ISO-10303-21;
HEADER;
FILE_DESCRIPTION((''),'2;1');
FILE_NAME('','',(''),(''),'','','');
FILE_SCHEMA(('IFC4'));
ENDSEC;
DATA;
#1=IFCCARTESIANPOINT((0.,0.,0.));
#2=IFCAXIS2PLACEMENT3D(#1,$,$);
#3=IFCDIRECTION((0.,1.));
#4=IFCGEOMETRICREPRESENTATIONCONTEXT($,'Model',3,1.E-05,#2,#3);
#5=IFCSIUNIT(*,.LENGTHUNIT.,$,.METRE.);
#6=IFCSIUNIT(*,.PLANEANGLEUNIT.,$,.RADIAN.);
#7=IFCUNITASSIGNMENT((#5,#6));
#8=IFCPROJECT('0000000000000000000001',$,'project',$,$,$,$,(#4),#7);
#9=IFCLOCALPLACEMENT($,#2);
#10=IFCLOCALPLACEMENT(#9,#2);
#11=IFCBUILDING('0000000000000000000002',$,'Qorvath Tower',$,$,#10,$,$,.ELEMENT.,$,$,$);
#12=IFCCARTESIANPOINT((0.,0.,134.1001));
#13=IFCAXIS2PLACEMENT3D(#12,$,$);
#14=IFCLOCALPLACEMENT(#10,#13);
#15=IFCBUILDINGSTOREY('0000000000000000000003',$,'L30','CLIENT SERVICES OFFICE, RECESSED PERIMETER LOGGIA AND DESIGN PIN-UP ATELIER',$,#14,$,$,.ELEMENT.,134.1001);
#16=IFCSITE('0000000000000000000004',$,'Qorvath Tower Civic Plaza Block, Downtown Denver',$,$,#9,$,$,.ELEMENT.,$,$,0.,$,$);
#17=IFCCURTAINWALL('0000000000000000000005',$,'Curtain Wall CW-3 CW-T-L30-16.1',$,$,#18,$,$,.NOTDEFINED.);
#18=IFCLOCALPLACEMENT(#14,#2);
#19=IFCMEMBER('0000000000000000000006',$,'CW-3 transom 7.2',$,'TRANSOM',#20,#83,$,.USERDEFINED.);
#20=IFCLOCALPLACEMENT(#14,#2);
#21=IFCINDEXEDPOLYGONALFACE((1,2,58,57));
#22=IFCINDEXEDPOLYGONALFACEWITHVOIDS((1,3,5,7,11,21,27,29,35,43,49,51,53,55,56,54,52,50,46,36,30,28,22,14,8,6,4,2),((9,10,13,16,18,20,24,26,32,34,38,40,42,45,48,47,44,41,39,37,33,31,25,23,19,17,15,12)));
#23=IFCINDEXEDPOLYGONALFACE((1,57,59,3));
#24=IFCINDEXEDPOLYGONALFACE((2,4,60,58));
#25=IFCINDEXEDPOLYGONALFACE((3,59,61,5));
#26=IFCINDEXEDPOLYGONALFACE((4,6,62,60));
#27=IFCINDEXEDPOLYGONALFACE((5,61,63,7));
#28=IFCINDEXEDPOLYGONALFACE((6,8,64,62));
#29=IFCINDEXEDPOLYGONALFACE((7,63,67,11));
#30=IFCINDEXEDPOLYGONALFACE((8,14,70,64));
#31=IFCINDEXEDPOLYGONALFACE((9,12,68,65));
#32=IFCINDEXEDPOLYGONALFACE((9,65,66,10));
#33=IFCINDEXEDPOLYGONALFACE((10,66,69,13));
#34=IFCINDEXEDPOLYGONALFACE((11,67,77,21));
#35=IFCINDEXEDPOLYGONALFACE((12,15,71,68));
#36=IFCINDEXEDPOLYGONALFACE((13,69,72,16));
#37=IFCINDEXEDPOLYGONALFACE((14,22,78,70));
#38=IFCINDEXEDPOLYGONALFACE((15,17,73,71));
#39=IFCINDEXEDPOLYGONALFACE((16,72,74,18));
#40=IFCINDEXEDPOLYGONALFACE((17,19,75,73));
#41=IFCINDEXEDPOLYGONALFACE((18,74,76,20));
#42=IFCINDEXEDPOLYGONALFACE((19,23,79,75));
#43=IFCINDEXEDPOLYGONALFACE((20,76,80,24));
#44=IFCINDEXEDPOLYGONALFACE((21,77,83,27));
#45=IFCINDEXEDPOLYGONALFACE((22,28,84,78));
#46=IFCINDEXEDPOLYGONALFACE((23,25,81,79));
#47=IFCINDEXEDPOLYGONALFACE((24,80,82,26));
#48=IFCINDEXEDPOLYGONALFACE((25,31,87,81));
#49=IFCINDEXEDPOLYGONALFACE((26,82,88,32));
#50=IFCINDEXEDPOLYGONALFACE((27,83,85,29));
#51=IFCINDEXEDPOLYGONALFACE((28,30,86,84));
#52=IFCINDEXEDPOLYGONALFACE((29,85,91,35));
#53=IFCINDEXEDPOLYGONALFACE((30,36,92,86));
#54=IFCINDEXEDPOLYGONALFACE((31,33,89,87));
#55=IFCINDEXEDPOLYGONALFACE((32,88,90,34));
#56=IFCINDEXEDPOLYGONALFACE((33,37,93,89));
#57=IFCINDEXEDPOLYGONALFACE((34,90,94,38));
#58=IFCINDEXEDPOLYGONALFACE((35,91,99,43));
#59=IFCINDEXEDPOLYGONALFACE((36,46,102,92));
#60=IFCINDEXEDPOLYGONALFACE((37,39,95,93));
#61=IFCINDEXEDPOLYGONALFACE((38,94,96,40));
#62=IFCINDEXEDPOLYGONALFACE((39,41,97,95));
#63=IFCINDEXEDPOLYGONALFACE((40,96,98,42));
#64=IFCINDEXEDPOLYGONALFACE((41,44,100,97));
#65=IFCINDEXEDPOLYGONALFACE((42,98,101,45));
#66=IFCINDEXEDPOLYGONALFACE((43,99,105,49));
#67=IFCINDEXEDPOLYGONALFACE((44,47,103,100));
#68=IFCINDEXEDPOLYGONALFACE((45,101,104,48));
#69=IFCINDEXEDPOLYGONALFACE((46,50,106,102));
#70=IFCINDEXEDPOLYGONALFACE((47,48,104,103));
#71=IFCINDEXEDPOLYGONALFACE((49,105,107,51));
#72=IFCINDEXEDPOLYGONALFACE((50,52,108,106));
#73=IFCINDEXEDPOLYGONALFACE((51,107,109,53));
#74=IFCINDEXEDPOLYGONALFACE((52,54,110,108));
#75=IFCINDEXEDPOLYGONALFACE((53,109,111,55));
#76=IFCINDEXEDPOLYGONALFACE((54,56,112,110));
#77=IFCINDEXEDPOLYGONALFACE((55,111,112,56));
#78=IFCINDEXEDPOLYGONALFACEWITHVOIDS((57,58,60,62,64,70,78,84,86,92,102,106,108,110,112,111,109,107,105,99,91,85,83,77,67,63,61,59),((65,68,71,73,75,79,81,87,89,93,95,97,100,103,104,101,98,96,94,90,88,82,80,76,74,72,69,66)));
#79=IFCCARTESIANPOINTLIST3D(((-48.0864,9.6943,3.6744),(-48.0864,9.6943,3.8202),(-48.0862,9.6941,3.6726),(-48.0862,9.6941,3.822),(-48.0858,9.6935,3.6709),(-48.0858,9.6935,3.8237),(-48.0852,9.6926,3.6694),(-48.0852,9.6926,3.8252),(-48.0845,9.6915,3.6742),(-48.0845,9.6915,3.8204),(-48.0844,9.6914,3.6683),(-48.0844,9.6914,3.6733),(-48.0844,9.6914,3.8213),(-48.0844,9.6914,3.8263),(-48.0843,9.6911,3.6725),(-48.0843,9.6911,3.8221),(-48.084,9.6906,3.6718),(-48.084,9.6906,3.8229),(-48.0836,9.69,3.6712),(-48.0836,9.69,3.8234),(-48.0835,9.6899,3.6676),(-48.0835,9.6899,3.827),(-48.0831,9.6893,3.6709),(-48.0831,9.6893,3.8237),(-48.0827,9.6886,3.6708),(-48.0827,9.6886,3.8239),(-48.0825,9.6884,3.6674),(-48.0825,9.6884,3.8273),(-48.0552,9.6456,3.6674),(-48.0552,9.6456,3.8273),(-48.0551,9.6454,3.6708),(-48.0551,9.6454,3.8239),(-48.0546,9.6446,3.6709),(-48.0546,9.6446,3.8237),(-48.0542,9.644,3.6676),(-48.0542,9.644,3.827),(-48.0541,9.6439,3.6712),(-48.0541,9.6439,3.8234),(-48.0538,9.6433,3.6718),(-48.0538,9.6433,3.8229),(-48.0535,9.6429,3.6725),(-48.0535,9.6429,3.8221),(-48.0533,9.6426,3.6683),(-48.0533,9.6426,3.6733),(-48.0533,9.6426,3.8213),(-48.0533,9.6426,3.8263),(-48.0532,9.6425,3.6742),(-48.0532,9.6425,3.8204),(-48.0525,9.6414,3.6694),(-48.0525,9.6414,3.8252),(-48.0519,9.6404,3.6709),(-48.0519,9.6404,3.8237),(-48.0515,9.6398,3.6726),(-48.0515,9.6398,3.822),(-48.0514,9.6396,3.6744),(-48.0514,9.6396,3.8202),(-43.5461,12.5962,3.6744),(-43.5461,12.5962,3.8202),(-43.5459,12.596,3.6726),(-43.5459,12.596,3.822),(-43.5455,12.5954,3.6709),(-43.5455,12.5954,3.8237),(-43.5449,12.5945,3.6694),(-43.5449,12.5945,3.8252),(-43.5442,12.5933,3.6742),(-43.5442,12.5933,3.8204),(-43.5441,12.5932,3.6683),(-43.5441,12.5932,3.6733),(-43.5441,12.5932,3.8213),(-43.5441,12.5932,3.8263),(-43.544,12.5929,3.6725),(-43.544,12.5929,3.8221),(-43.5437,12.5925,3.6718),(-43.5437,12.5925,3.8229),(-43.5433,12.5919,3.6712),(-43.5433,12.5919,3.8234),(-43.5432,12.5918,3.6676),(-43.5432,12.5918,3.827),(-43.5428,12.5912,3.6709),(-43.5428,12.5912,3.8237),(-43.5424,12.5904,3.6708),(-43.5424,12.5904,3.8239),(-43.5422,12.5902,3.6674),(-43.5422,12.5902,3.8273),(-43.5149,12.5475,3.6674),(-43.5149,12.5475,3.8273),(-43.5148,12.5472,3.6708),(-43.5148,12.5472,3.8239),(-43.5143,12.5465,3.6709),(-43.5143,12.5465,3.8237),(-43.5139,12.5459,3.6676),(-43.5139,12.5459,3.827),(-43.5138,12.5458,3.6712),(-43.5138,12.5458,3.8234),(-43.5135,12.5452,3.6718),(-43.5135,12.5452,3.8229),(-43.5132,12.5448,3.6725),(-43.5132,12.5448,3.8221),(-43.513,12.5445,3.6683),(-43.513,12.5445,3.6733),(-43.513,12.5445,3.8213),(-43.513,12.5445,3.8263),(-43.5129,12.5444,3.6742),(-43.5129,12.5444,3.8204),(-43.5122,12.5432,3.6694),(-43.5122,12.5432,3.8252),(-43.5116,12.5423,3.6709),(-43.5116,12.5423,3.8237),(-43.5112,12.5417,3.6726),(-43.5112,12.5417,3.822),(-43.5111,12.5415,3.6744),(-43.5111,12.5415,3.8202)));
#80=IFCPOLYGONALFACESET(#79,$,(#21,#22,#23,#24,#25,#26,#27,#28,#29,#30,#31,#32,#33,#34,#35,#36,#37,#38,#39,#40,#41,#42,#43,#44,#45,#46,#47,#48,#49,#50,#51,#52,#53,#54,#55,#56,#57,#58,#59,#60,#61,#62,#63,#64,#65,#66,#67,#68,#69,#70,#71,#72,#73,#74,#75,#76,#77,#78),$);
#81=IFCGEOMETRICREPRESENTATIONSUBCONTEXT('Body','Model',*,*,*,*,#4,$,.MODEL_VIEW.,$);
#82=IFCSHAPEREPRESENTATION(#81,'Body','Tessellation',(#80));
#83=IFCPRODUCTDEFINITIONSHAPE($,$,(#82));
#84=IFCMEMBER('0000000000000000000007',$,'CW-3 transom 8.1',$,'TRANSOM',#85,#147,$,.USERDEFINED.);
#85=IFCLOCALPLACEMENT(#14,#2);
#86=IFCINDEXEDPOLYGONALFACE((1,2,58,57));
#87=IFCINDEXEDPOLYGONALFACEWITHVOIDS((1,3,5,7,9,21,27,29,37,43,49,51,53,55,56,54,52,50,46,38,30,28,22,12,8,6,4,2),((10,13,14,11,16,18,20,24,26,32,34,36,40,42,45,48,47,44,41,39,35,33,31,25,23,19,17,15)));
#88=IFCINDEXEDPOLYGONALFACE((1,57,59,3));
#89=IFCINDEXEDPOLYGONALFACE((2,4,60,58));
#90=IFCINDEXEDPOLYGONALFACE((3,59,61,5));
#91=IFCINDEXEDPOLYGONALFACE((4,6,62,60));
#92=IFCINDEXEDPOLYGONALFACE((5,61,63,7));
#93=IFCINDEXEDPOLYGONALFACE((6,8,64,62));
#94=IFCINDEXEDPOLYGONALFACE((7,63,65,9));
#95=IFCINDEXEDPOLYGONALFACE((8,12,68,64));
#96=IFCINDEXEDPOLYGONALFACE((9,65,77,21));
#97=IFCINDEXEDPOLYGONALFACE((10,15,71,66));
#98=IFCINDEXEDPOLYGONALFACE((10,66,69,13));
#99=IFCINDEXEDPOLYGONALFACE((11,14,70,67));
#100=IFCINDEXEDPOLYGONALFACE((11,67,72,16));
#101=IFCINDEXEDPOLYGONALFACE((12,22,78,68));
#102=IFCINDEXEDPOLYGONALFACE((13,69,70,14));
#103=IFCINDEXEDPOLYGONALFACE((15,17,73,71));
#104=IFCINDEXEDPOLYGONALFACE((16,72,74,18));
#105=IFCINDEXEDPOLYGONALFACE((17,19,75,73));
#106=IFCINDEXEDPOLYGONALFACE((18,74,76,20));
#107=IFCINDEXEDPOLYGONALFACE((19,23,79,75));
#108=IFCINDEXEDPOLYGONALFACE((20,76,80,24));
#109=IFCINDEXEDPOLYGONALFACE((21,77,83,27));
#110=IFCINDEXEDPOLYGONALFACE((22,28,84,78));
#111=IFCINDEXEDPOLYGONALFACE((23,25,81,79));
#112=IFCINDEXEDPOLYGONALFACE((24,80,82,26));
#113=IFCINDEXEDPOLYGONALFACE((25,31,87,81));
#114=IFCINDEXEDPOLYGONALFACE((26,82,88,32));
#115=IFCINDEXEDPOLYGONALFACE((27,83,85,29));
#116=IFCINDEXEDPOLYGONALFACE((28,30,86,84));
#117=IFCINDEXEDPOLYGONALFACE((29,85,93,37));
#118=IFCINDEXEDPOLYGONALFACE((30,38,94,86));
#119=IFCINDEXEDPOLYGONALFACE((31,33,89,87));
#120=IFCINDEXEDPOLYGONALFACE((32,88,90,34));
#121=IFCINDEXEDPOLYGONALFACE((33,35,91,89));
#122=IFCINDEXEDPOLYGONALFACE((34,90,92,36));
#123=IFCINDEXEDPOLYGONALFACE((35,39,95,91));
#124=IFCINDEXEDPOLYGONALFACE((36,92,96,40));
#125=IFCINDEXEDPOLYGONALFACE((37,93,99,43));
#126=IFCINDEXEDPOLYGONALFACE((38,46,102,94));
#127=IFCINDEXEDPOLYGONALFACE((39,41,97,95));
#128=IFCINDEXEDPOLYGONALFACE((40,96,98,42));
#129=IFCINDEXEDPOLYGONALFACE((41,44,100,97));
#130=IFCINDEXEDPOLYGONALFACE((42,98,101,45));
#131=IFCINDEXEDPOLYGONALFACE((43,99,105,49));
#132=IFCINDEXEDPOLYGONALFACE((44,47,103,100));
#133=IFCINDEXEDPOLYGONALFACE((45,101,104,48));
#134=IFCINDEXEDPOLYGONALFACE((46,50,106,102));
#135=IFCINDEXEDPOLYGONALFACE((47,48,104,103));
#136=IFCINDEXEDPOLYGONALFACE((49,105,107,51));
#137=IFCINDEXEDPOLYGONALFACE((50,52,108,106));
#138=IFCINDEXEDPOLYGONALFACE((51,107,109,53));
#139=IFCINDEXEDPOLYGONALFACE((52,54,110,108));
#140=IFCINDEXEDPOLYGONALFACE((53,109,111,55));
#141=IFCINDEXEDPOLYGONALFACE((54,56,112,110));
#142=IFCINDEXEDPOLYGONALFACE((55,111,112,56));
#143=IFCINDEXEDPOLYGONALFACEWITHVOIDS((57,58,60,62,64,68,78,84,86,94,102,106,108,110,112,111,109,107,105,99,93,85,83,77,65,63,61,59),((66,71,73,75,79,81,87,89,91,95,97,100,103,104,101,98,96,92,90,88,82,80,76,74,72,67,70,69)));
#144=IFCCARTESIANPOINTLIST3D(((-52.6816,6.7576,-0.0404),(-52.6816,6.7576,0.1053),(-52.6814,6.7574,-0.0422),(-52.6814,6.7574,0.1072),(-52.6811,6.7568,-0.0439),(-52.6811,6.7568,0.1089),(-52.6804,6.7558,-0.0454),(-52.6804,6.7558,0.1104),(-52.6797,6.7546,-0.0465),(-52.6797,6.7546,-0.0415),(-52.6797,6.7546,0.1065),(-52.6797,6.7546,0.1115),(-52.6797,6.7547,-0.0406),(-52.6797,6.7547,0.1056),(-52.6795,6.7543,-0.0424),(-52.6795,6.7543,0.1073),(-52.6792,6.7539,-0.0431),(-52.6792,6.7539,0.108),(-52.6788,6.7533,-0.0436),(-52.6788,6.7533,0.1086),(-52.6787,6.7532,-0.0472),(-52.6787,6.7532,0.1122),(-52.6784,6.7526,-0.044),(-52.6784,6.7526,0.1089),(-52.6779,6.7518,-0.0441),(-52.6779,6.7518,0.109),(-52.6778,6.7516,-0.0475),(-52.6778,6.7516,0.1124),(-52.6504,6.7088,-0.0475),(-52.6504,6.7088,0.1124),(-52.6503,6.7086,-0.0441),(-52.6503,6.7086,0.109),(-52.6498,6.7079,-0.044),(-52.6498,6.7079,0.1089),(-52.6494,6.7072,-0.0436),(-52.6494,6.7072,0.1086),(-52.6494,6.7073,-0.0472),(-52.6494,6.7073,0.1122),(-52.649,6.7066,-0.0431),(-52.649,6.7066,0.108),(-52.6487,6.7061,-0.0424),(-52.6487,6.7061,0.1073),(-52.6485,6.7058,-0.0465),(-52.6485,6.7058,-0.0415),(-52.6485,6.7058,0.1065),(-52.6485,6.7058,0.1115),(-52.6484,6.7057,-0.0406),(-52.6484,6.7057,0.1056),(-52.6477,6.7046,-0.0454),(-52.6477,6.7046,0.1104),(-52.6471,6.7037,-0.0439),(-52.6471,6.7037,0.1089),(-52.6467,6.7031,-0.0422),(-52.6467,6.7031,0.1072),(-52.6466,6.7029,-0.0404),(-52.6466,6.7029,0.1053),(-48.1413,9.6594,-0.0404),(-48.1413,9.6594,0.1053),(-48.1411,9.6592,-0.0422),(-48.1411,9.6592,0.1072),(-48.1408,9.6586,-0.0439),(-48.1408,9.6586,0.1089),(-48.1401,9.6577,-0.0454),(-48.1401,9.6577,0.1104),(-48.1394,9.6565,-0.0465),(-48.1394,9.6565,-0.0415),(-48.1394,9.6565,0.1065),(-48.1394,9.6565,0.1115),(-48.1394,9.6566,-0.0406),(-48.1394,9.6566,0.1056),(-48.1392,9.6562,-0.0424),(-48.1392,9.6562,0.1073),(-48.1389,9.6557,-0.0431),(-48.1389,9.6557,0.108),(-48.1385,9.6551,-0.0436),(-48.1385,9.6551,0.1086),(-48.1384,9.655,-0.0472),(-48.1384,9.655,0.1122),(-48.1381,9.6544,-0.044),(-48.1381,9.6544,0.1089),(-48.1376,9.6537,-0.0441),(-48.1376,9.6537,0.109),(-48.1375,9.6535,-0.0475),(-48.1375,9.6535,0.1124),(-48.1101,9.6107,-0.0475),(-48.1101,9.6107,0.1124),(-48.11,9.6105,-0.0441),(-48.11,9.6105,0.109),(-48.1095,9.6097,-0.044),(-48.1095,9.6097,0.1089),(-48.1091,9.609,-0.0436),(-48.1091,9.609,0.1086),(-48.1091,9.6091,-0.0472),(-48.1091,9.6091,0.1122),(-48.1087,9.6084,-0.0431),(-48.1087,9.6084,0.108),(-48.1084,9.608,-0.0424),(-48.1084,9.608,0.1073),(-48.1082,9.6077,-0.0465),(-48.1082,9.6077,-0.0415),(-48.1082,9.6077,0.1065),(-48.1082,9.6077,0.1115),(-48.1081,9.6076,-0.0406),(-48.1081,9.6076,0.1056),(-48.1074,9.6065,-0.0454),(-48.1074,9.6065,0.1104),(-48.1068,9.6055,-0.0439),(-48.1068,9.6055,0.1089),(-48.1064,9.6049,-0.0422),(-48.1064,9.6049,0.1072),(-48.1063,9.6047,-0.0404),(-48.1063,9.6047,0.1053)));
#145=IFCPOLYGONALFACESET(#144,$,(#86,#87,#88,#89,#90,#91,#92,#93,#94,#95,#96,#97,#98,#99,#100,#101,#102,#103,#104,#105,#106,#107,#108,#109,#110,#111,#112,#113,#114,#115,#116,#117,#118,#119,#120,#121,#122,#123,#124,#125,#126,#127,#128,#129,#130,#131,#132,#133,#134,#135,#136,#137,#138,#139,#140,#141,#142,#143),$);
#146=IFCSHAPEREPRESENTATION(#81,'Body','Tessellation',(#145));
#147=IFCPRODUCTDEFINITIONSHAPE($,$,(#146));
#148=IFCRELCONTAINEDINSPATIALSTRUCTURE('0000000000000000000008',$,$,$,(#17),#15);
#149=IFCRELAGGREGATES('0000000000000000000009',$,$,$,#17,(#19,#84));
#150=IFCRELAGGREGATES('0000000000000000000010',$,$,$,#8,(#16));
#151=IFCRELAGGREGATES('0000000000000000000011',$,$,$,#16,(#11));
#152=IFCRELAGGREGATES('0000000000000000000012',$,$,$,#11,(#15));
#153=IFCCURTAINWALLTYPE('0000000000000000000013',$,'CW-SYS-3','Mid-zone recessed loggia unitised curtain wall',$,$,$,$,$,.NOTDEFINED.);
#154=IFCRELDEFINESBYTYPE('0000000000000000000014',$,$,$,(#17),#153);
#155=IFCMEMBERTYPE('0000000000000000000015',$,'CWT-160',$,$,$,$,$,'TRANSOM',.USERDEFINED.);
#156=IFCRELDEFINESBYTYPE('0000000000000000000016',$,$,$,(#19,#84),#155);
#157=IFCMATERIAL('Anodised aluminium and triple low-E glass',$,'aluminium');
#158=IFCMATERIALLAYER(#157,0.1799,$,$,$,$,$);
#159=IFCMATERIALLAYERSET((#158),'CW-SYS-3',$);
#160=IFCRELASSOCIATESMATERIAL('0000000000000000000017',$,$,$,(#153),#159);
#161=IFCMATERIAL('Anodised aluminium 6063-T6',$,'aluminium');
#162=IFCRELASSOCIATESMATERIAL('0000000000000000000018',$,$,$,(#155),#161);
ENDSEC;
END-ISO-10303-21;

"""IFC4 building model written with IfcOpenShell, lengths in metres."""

from ifc_helpers import new_model, si_unit, direction, frame, origin, origin_2d, place, context, subcontext, project, spatial, hollow_rectangle, extrude, material, layer, layer_set, material_profile, profile_set, type_object, element, aggregate, save


model = new_model("IFC4")

# Units and contexts
model_context = context("Model", 3, precision=1e-05, world=origin(), true_north=direction((0.0, 1.0)))
body_context = subcontext(model_context, "Body", "Model", "MODEL_VIEW")
ifc_project = project(units=[si_unit("LENGTHUNIT", "METRE"), si_unit("PLANEANGLEUNIT", "RADIAN")], contexts=[model_context])

# Site, building, storey
site_placement = place(None, origin())
site = spatial("IfcSite", under=ifc_project, at=site_placement, Name="Qorvath Tower Civic Plaza Block, Downtown Denver", CompositionType="ELEMENT", RefElevation=0.0)
building_placement = place(site_placement, origin())
building = spatial("IfcBuilding", under=site, at=building_placement, Name="Qorvath Tower", CompositionType="ELEMENT")
storey_placement = place(building_placement, frame((0.0, 0.0, 134.1001)))
storey = spatial("IfcBuildingStorey", under=building, at=storey_placement, Name="L30", Description="CLIENT SERVICES OFFICE, RECESSED PERIMETER LOGGIA AND DESIGN PIN-UP ATELIER", CompositionType="ELEMENT", Elevation=134.1001)

# Curtain wall, members
ifc_material_1 = material(Name="Anodised aluminium and triple low-E glass", Category="aluminium")
ifc_layer_1 = layer(ifc_material_1, 0.1799)
ifc_layer_set_1 = layer_set([ifc_layer_1], Name="CW-SYS-3")
curtain_wall_type = type_object("IfcCurtainWallType", Name="CW-SYS-3", Description="Mid-zone recessed loggia unitised curtain wall", PredefinedType="NOTDEFINED", material=ifc_layer_set_1)
curtain_wall_placement = place(storey_placement, origin())
curtain_wall = element("IfcCurtainWall", 1, at=curtain_wall_placement, inside=storey, type_object=curtain_wall_type, Name="Curtain Wall CW-3 CW-T-L30-16.1", PredefinedType="NOTDEFINED")
ifc_material_2 = material(Name="Anodised aluminium 6063-T6", Category="aluminium")
ifc_material_profile_1 = material_profile(ifc_material_2, hollow_rectangle(XDim=0.0649, YDim=0.1599, WallThickness=0.0034, InnerFilletRadius=0.0034, OuterFilletRadius=0.0071, at=origin_2d()), Name="CWT 160x65")
ifc_profile_set_1 = profile_set([ifc_material_profile_1], Name="Anodised aluminium 6063-T6")
member_type_1 = type_object("IfcMemberType", Name="CWT-160", ElementType="TRANSOM", PredefinedType="USERDEFINED", material=ifc_profile_set_1)
member_1_placement = place(storey_placement, frame((-43.5286, 12.5688, 3.7473), z_axis=(-0.842602, -0.538537, 0.0), x_axis=(0.538537, -0.842602, 0.0)))
member_1 = element("IfcMember", 2, at=member_1_placement, type_object=member_type_1, Name="CW-3 transom 7.2", ObjectType="TRANSOM", PredefinedType="USERDEFINED", context=body_context, shape_type="SweptSolid", body=[
    extrude(hollow_rectangle(XDim=0.0649, YDim=0.1599, WallThickness=0.0034, InnerFilletRadius=0.0034, OuterFilletRadius=0.0071, at=origin_2d()), origin(), (0.0, 0.0, 1.0), 5.3884),
])
member_2_placement = place(storey_placement, frame((-48.1238, 9.6321, 0.0325), z_axis=(-0.842602, -0.538537, 0.0), x_axis=(0.538537, -0.842602, 0.0)))
member_2 = element("IfcMember", 3, at=member_2_placement, type_object=member_type_1, Name="CW-3 transom 8.1", ObjectType="TRANSOM", PredefinedType="USERDEFINED", context=body_context, shape_type="SweptSolid", body=[
    extrude(hollow_rectangle(XDim=0.0649, YDim=0.1599, WallThickness=0.0034, InnerFilletRadius=0.0034, OuterFilletRadius=0.0071, at=origin_2d()), origin(), (0.0, 0.0, 1.0), 5.3884),
])
aggregate(curtain_wall, [member_1, member_2])

save(model, "model.ifc")
